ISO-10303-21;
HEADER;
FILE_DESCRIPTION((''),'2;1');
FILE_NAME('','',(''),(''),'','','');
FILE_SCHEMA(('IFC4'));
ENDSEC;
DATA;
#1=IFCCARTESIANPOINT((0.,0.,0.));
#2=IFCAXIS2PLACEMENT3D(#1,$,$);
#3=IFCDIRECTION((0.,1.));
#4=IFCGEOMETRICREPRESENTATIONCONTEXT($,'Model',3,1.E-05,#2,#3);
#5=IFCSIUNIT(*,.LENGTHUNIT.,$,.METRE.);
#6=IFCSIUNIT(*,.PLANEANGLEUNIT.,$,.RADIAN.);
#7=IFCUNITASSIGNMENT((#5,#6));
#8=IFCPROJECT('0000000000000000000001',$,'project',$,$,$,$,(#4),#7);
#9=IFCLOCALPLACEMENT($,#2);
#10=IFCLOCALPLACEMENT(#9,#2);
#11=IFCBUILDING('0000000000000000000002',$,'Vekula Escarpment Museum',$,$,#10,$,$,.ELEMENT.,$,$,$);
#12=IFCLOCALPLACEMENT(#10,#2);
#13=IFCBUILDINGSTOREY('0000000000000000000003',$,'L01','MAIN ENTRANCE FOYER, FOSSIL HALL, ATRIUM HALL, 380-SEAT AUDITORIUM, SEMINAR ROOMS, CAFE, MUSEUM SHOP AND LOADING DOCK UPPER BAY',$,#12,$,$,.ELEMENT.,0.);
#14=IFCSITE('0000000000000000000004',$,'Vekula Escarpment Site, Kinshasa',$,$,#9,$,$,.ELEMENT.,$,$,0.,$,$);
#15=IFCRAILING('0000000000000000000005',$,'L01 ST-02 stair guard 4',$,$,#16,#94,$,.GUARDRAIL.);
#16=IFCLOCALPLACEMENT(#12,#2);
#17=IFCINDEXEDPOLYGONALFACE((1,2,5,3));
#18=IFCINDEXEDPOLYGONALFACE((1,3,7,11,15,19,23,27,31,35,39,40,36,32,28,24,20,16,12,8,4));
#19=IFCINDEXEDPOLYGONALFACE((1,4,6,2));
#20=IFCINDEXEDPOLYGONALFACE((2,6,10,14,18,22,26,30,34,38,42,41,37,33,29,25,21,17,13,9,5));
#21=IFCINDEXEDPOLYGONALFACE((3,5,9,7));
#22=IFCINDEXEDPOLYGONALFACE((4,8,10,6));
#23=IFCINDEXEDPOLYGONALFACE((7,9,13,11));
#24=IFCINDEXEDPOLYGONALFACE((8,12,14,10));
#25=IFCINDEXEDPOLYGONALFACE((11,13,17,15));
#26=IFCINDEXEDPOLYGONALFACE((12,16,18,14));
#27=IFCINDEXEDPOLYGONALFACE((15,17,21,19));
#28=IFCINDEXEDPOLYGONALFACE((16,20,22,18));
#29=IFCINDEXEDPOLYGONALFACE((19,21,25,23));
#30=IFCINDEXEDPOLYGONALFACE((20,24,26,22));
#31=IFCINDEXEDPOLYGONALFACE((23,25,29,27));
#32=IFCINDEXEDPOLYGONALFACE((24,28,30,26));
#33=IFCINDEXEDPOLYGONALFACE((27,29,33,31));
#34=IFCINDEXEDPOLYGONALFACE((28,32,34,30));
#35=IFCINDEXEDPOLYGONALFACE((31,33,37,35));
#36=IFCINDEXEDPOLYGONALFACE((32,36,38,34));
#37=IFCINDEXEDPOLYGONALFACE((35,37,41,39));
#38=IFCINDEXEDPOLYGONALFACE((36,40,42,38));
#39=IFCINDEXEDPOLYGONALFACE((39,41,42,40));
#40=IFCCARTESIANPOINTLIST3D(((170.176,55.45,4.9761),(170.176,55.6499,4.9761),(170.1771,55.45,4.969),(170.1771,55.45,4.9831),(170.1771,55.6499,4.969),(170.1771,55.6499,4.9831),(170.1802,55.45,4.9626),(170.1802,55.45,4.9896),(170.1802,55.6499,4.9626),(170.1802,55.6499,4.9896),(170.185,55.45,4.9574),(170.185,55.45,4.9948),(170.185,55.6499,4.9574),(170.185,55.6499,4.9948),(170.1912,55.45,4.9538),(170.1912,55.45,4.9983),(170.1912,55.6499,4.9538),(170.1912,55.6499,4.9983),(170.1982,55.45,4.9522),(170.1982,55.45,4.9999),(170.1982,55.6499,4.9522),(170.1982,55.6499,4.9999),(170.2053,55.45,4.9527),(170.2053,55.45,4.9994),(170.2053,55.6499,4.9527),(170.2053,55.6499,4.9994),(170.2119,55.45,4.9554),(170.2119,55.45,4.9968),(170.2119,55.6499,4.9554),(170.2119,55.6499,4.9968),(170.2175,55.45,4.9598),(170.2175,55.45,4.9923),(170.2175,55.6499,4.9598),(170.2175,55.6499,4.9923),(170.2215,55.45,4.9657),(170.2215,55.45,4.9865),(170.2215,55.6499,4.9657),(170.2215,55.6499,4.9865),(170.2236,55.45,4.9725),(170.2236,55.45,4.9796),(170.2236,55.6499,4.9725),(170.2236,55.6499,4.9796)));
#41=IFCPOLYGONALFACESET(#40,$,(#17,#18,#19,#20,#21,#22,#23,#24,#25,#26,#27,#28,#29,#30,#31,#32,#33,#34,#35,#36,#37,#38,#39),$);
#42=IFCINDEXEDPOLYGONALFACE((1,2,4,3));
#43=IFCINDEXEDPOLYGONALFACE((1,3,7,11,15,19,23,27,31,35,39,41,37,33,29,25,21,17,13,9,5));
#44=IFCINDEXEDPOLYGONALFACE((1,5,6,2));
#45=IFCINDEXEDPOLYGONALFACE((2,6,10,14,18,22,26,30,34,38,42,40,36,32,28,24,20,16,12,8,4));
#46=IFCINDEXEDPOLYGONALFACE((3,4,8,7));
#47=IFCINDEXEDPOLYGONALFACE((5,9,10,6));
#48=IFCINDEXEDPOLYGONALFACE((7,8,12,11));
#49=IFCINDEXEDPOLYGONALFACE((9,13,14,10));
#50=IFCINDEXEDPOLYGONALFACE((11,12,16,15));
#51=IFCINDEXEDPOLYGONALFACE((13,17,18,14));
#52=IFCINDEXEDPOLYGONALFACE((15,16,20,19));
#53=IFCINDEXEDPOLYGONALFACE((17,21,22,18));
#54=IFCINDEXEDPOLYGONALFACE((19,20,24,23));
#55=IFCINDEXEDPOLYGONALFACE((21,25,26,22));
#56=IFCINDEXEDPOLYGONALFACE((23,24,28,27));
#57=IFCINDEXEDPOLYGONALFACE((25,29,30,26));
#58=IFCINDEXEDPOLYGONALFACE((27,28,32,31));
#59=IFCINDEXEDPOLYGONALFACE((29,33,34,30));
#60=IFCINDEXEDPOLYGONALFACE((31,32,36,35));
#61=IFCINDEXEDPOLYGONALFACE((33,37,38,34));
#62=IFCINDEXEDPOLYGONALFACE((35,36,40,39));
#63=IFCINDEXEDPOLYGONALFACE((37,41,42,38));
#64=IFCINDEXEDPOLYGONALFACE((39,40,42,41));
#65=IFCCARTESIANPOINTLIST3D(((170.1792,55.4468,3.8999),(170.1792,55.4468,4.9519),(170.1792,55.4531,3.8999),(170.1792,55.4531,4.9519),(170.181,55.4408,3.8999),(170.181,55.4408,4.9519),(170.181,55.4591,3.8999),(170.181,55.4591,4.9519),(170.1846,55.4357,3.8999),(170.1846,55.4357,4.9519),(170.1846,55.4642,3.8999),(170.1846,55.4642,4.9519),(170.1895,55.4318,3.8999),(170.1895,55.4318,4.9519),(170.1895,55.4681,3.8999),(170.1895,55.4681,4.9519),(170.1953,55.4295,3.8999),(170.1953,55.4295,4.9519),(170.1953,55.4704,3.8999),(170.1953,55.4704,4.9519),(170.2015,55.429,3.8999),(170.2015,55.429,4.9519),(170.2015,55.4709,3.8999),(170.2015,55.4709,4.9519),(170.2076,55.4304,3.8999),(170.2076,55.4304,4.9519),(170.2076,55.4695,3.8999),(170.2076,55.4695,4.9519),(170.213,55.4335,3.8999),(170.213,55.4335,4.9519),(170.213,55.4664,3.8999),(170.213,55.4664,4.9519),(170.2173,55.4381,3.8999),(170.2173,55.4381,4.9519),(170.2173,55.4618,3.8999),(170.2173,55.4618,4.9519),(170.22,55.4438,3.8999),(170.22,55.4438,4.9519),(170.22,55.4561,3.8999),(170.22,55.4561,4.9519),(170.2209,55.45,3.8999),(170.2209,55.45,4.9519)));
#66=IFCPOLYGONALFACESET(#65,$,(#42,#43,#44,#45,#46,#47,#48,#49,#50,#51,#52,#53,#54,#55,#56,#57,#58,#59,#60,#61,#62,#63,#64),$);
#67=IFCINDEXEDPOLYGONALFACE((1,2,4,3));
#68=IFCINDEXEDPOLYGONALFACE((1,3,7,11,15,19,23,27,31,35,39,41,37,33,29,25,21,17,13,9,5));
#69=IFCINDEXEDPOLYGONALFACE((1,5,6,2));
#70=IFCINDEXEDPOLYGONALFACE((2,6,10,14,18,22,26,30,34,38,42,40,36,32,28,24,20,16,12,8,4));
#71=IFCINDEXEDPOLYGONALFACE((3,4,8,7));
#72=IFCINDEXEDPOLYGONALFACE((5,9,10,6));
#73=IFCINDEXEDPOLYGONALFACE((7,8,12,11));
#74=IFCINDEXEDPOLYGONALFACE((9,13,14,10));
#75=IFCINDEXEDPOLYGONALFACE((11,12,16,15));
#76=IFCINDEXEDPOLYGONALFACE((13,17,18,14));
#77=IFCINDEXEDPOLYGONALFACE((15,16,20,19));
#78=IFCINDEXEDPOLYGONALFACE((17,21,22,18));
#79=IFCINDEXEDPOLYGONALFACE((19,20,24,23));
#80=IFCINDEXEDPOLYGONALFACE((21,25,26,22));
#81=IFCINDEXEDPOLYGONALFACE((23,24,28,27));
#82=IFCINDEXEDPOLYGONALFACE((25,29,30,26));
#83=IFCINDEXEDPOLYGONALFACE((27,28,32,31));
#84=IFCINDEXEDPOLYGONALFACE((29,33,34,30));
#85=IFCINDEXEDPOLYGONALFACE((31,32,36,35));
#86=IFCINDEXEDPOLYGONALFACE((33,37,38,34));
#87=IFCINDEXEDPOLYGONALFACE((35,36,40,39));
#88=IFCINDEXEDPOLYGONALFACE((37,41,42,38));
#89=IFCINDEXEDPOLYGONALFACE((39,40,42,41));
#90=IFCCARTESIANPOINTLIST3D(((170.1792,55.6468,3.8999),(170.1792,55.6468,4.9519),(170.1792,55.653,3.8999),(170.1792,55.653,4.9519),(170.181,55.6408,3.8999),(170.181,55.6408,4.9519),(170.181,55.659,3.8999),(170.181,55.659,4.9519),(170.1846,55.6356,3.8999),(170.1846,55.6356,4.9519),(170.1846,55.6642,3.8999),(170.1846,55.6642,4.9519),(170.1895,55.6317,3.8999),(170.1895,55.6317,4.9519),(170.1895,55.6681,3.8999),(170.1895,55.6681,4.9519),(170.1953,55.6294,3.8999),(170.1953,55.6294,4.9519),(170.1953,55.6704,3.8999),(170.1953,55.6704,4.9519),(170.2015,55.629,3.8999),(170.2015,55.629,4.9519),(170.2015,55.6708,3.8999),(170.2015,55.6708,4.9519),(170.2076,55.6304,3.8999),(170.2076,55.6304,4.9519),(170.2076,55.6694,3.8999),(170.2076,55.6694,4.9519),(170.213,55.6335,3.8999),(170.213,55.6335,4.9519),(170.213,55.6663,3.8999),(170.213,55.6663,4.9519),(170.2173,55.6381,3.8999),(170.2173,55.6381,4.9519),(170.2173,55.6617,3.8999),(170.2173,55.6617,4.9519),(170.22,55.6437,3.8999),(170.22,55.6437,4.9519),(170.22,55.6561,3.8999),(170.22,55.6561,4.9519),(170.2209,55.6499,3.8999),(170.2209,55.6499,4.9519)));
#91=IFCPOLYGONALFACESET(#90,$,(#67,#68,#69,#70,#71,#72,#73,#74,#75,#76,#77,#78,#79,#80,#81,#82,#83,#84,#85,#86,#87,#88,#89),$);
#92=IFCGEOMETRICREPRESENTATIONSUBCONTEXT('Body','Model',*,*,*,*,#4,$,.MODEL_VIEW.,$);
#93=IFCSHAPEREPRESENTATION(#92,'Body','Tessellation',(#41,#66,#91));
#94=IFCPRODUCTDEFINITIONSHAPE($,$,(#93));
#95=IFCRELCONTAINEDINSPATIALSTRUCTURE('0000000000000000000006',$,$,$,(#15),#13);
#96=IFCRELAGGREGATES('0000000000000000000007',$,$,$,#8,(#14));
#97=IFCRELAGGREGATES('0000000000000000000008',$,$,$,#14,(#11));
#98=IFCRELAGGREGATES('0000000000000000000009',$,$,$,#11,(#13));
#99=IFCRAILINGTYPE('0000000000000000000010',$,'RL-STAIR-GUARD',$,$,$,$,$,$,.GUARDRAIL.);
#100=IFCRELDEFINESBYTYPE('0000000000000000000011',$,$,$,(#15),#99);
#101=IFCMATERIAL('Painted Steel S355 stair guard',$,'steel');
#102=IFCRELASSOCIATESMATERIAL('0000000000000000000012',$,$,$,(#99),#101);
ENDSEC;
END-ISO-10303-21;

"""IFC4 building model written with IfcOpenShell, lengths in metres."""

from ifc_helpers import new_model, si_unit, direction, frame, origin, origin_2d, place, context, subcontext, project, spatial, circle, extrude, material, type_object, element, save


model = new_model("IFC4")

# Units and contexts
model_context = context("Model", 3, precision=1e-05, world=origin(), true_north=direction((0.0, 1.0)))
body_context = subcontext(model_context, "Body", "Model", "MODEL_VIEW")
ifc_project = project(units=[si_unit("LENGTHUNIT", "METRE"), si_unit("PLANEANGLEUNIT", "RADIAN")], contexts=[model_context])

# Site, building, storey
site_placement = place(None, origin())
site = spatial("IfcSite", under=ifc_project, at=site_placement, Name="Vekula Escarpment Site, Kinshasa", CompositionType="ELEMENT", RefElevation=0.0)
building_placement = place(site_placement, origin())
building = spatial("IfcBuilding", under=site, at=building_placement, Name="Vekula Escarpment Museum", CompositionType="ELEMENT")
storey_placement = place(building_placement, origin())
storey = spatial("IfcBuildingStorey", under=building, at=storey_placement, Name="L01", Description="MAIN ENTRANCE FOYER, FOSSIL HALL, ATRIUM HALL, 380-SEAT AUDITORIUM, SEMINAR ROOMS, CAFE, MUSEUM SHOP AND LOADING DOCK UPPER BAY", CompositionType="ELEMENT", Elevation=0.0)

# Railing
ifc_material_1 = material(Name="Painted Steel S355 stair guard", Category="steel")
railing_type_1 = type_object("IfcRailingType", Name="RL-STAIR-GUARD", PredefinedType="GUARDRAIL", material=ifc_material_1)
railing_1_placement = place(storey_placement, frame((170.2, 55.45, 3.8999)))
element("IfcRailing", 1, at=railing_1_placement, inside=storey, type_object=railing_type_1, Name="L01 ST-02 stair guard 4", PredefinedType="GUARDRAIL", context=body_context, shape_type="SweptSolid", body=[
    extrude(circle(Radius=0.0239, at=origin_2d()), frame((0.0, 0.0, 1.0762), z_axis=(0.0, 1.0, 0.0), x_axis=(-1.0, 0.0, 0.0)), (0.0, 0.0, 1.0), 0.2),
    extrude(circle(Radius=0.021, at=origin_2d()), origin(), (0.0, 0.0, 1.0), 1.052),
    extrude(circle(Radius=0.021, at=origin_2d()), frame((0.0, 0.2, 0.0)), (0.0, 0.0, 1.0), 1.052),
])

save(model, "model.ifc")
